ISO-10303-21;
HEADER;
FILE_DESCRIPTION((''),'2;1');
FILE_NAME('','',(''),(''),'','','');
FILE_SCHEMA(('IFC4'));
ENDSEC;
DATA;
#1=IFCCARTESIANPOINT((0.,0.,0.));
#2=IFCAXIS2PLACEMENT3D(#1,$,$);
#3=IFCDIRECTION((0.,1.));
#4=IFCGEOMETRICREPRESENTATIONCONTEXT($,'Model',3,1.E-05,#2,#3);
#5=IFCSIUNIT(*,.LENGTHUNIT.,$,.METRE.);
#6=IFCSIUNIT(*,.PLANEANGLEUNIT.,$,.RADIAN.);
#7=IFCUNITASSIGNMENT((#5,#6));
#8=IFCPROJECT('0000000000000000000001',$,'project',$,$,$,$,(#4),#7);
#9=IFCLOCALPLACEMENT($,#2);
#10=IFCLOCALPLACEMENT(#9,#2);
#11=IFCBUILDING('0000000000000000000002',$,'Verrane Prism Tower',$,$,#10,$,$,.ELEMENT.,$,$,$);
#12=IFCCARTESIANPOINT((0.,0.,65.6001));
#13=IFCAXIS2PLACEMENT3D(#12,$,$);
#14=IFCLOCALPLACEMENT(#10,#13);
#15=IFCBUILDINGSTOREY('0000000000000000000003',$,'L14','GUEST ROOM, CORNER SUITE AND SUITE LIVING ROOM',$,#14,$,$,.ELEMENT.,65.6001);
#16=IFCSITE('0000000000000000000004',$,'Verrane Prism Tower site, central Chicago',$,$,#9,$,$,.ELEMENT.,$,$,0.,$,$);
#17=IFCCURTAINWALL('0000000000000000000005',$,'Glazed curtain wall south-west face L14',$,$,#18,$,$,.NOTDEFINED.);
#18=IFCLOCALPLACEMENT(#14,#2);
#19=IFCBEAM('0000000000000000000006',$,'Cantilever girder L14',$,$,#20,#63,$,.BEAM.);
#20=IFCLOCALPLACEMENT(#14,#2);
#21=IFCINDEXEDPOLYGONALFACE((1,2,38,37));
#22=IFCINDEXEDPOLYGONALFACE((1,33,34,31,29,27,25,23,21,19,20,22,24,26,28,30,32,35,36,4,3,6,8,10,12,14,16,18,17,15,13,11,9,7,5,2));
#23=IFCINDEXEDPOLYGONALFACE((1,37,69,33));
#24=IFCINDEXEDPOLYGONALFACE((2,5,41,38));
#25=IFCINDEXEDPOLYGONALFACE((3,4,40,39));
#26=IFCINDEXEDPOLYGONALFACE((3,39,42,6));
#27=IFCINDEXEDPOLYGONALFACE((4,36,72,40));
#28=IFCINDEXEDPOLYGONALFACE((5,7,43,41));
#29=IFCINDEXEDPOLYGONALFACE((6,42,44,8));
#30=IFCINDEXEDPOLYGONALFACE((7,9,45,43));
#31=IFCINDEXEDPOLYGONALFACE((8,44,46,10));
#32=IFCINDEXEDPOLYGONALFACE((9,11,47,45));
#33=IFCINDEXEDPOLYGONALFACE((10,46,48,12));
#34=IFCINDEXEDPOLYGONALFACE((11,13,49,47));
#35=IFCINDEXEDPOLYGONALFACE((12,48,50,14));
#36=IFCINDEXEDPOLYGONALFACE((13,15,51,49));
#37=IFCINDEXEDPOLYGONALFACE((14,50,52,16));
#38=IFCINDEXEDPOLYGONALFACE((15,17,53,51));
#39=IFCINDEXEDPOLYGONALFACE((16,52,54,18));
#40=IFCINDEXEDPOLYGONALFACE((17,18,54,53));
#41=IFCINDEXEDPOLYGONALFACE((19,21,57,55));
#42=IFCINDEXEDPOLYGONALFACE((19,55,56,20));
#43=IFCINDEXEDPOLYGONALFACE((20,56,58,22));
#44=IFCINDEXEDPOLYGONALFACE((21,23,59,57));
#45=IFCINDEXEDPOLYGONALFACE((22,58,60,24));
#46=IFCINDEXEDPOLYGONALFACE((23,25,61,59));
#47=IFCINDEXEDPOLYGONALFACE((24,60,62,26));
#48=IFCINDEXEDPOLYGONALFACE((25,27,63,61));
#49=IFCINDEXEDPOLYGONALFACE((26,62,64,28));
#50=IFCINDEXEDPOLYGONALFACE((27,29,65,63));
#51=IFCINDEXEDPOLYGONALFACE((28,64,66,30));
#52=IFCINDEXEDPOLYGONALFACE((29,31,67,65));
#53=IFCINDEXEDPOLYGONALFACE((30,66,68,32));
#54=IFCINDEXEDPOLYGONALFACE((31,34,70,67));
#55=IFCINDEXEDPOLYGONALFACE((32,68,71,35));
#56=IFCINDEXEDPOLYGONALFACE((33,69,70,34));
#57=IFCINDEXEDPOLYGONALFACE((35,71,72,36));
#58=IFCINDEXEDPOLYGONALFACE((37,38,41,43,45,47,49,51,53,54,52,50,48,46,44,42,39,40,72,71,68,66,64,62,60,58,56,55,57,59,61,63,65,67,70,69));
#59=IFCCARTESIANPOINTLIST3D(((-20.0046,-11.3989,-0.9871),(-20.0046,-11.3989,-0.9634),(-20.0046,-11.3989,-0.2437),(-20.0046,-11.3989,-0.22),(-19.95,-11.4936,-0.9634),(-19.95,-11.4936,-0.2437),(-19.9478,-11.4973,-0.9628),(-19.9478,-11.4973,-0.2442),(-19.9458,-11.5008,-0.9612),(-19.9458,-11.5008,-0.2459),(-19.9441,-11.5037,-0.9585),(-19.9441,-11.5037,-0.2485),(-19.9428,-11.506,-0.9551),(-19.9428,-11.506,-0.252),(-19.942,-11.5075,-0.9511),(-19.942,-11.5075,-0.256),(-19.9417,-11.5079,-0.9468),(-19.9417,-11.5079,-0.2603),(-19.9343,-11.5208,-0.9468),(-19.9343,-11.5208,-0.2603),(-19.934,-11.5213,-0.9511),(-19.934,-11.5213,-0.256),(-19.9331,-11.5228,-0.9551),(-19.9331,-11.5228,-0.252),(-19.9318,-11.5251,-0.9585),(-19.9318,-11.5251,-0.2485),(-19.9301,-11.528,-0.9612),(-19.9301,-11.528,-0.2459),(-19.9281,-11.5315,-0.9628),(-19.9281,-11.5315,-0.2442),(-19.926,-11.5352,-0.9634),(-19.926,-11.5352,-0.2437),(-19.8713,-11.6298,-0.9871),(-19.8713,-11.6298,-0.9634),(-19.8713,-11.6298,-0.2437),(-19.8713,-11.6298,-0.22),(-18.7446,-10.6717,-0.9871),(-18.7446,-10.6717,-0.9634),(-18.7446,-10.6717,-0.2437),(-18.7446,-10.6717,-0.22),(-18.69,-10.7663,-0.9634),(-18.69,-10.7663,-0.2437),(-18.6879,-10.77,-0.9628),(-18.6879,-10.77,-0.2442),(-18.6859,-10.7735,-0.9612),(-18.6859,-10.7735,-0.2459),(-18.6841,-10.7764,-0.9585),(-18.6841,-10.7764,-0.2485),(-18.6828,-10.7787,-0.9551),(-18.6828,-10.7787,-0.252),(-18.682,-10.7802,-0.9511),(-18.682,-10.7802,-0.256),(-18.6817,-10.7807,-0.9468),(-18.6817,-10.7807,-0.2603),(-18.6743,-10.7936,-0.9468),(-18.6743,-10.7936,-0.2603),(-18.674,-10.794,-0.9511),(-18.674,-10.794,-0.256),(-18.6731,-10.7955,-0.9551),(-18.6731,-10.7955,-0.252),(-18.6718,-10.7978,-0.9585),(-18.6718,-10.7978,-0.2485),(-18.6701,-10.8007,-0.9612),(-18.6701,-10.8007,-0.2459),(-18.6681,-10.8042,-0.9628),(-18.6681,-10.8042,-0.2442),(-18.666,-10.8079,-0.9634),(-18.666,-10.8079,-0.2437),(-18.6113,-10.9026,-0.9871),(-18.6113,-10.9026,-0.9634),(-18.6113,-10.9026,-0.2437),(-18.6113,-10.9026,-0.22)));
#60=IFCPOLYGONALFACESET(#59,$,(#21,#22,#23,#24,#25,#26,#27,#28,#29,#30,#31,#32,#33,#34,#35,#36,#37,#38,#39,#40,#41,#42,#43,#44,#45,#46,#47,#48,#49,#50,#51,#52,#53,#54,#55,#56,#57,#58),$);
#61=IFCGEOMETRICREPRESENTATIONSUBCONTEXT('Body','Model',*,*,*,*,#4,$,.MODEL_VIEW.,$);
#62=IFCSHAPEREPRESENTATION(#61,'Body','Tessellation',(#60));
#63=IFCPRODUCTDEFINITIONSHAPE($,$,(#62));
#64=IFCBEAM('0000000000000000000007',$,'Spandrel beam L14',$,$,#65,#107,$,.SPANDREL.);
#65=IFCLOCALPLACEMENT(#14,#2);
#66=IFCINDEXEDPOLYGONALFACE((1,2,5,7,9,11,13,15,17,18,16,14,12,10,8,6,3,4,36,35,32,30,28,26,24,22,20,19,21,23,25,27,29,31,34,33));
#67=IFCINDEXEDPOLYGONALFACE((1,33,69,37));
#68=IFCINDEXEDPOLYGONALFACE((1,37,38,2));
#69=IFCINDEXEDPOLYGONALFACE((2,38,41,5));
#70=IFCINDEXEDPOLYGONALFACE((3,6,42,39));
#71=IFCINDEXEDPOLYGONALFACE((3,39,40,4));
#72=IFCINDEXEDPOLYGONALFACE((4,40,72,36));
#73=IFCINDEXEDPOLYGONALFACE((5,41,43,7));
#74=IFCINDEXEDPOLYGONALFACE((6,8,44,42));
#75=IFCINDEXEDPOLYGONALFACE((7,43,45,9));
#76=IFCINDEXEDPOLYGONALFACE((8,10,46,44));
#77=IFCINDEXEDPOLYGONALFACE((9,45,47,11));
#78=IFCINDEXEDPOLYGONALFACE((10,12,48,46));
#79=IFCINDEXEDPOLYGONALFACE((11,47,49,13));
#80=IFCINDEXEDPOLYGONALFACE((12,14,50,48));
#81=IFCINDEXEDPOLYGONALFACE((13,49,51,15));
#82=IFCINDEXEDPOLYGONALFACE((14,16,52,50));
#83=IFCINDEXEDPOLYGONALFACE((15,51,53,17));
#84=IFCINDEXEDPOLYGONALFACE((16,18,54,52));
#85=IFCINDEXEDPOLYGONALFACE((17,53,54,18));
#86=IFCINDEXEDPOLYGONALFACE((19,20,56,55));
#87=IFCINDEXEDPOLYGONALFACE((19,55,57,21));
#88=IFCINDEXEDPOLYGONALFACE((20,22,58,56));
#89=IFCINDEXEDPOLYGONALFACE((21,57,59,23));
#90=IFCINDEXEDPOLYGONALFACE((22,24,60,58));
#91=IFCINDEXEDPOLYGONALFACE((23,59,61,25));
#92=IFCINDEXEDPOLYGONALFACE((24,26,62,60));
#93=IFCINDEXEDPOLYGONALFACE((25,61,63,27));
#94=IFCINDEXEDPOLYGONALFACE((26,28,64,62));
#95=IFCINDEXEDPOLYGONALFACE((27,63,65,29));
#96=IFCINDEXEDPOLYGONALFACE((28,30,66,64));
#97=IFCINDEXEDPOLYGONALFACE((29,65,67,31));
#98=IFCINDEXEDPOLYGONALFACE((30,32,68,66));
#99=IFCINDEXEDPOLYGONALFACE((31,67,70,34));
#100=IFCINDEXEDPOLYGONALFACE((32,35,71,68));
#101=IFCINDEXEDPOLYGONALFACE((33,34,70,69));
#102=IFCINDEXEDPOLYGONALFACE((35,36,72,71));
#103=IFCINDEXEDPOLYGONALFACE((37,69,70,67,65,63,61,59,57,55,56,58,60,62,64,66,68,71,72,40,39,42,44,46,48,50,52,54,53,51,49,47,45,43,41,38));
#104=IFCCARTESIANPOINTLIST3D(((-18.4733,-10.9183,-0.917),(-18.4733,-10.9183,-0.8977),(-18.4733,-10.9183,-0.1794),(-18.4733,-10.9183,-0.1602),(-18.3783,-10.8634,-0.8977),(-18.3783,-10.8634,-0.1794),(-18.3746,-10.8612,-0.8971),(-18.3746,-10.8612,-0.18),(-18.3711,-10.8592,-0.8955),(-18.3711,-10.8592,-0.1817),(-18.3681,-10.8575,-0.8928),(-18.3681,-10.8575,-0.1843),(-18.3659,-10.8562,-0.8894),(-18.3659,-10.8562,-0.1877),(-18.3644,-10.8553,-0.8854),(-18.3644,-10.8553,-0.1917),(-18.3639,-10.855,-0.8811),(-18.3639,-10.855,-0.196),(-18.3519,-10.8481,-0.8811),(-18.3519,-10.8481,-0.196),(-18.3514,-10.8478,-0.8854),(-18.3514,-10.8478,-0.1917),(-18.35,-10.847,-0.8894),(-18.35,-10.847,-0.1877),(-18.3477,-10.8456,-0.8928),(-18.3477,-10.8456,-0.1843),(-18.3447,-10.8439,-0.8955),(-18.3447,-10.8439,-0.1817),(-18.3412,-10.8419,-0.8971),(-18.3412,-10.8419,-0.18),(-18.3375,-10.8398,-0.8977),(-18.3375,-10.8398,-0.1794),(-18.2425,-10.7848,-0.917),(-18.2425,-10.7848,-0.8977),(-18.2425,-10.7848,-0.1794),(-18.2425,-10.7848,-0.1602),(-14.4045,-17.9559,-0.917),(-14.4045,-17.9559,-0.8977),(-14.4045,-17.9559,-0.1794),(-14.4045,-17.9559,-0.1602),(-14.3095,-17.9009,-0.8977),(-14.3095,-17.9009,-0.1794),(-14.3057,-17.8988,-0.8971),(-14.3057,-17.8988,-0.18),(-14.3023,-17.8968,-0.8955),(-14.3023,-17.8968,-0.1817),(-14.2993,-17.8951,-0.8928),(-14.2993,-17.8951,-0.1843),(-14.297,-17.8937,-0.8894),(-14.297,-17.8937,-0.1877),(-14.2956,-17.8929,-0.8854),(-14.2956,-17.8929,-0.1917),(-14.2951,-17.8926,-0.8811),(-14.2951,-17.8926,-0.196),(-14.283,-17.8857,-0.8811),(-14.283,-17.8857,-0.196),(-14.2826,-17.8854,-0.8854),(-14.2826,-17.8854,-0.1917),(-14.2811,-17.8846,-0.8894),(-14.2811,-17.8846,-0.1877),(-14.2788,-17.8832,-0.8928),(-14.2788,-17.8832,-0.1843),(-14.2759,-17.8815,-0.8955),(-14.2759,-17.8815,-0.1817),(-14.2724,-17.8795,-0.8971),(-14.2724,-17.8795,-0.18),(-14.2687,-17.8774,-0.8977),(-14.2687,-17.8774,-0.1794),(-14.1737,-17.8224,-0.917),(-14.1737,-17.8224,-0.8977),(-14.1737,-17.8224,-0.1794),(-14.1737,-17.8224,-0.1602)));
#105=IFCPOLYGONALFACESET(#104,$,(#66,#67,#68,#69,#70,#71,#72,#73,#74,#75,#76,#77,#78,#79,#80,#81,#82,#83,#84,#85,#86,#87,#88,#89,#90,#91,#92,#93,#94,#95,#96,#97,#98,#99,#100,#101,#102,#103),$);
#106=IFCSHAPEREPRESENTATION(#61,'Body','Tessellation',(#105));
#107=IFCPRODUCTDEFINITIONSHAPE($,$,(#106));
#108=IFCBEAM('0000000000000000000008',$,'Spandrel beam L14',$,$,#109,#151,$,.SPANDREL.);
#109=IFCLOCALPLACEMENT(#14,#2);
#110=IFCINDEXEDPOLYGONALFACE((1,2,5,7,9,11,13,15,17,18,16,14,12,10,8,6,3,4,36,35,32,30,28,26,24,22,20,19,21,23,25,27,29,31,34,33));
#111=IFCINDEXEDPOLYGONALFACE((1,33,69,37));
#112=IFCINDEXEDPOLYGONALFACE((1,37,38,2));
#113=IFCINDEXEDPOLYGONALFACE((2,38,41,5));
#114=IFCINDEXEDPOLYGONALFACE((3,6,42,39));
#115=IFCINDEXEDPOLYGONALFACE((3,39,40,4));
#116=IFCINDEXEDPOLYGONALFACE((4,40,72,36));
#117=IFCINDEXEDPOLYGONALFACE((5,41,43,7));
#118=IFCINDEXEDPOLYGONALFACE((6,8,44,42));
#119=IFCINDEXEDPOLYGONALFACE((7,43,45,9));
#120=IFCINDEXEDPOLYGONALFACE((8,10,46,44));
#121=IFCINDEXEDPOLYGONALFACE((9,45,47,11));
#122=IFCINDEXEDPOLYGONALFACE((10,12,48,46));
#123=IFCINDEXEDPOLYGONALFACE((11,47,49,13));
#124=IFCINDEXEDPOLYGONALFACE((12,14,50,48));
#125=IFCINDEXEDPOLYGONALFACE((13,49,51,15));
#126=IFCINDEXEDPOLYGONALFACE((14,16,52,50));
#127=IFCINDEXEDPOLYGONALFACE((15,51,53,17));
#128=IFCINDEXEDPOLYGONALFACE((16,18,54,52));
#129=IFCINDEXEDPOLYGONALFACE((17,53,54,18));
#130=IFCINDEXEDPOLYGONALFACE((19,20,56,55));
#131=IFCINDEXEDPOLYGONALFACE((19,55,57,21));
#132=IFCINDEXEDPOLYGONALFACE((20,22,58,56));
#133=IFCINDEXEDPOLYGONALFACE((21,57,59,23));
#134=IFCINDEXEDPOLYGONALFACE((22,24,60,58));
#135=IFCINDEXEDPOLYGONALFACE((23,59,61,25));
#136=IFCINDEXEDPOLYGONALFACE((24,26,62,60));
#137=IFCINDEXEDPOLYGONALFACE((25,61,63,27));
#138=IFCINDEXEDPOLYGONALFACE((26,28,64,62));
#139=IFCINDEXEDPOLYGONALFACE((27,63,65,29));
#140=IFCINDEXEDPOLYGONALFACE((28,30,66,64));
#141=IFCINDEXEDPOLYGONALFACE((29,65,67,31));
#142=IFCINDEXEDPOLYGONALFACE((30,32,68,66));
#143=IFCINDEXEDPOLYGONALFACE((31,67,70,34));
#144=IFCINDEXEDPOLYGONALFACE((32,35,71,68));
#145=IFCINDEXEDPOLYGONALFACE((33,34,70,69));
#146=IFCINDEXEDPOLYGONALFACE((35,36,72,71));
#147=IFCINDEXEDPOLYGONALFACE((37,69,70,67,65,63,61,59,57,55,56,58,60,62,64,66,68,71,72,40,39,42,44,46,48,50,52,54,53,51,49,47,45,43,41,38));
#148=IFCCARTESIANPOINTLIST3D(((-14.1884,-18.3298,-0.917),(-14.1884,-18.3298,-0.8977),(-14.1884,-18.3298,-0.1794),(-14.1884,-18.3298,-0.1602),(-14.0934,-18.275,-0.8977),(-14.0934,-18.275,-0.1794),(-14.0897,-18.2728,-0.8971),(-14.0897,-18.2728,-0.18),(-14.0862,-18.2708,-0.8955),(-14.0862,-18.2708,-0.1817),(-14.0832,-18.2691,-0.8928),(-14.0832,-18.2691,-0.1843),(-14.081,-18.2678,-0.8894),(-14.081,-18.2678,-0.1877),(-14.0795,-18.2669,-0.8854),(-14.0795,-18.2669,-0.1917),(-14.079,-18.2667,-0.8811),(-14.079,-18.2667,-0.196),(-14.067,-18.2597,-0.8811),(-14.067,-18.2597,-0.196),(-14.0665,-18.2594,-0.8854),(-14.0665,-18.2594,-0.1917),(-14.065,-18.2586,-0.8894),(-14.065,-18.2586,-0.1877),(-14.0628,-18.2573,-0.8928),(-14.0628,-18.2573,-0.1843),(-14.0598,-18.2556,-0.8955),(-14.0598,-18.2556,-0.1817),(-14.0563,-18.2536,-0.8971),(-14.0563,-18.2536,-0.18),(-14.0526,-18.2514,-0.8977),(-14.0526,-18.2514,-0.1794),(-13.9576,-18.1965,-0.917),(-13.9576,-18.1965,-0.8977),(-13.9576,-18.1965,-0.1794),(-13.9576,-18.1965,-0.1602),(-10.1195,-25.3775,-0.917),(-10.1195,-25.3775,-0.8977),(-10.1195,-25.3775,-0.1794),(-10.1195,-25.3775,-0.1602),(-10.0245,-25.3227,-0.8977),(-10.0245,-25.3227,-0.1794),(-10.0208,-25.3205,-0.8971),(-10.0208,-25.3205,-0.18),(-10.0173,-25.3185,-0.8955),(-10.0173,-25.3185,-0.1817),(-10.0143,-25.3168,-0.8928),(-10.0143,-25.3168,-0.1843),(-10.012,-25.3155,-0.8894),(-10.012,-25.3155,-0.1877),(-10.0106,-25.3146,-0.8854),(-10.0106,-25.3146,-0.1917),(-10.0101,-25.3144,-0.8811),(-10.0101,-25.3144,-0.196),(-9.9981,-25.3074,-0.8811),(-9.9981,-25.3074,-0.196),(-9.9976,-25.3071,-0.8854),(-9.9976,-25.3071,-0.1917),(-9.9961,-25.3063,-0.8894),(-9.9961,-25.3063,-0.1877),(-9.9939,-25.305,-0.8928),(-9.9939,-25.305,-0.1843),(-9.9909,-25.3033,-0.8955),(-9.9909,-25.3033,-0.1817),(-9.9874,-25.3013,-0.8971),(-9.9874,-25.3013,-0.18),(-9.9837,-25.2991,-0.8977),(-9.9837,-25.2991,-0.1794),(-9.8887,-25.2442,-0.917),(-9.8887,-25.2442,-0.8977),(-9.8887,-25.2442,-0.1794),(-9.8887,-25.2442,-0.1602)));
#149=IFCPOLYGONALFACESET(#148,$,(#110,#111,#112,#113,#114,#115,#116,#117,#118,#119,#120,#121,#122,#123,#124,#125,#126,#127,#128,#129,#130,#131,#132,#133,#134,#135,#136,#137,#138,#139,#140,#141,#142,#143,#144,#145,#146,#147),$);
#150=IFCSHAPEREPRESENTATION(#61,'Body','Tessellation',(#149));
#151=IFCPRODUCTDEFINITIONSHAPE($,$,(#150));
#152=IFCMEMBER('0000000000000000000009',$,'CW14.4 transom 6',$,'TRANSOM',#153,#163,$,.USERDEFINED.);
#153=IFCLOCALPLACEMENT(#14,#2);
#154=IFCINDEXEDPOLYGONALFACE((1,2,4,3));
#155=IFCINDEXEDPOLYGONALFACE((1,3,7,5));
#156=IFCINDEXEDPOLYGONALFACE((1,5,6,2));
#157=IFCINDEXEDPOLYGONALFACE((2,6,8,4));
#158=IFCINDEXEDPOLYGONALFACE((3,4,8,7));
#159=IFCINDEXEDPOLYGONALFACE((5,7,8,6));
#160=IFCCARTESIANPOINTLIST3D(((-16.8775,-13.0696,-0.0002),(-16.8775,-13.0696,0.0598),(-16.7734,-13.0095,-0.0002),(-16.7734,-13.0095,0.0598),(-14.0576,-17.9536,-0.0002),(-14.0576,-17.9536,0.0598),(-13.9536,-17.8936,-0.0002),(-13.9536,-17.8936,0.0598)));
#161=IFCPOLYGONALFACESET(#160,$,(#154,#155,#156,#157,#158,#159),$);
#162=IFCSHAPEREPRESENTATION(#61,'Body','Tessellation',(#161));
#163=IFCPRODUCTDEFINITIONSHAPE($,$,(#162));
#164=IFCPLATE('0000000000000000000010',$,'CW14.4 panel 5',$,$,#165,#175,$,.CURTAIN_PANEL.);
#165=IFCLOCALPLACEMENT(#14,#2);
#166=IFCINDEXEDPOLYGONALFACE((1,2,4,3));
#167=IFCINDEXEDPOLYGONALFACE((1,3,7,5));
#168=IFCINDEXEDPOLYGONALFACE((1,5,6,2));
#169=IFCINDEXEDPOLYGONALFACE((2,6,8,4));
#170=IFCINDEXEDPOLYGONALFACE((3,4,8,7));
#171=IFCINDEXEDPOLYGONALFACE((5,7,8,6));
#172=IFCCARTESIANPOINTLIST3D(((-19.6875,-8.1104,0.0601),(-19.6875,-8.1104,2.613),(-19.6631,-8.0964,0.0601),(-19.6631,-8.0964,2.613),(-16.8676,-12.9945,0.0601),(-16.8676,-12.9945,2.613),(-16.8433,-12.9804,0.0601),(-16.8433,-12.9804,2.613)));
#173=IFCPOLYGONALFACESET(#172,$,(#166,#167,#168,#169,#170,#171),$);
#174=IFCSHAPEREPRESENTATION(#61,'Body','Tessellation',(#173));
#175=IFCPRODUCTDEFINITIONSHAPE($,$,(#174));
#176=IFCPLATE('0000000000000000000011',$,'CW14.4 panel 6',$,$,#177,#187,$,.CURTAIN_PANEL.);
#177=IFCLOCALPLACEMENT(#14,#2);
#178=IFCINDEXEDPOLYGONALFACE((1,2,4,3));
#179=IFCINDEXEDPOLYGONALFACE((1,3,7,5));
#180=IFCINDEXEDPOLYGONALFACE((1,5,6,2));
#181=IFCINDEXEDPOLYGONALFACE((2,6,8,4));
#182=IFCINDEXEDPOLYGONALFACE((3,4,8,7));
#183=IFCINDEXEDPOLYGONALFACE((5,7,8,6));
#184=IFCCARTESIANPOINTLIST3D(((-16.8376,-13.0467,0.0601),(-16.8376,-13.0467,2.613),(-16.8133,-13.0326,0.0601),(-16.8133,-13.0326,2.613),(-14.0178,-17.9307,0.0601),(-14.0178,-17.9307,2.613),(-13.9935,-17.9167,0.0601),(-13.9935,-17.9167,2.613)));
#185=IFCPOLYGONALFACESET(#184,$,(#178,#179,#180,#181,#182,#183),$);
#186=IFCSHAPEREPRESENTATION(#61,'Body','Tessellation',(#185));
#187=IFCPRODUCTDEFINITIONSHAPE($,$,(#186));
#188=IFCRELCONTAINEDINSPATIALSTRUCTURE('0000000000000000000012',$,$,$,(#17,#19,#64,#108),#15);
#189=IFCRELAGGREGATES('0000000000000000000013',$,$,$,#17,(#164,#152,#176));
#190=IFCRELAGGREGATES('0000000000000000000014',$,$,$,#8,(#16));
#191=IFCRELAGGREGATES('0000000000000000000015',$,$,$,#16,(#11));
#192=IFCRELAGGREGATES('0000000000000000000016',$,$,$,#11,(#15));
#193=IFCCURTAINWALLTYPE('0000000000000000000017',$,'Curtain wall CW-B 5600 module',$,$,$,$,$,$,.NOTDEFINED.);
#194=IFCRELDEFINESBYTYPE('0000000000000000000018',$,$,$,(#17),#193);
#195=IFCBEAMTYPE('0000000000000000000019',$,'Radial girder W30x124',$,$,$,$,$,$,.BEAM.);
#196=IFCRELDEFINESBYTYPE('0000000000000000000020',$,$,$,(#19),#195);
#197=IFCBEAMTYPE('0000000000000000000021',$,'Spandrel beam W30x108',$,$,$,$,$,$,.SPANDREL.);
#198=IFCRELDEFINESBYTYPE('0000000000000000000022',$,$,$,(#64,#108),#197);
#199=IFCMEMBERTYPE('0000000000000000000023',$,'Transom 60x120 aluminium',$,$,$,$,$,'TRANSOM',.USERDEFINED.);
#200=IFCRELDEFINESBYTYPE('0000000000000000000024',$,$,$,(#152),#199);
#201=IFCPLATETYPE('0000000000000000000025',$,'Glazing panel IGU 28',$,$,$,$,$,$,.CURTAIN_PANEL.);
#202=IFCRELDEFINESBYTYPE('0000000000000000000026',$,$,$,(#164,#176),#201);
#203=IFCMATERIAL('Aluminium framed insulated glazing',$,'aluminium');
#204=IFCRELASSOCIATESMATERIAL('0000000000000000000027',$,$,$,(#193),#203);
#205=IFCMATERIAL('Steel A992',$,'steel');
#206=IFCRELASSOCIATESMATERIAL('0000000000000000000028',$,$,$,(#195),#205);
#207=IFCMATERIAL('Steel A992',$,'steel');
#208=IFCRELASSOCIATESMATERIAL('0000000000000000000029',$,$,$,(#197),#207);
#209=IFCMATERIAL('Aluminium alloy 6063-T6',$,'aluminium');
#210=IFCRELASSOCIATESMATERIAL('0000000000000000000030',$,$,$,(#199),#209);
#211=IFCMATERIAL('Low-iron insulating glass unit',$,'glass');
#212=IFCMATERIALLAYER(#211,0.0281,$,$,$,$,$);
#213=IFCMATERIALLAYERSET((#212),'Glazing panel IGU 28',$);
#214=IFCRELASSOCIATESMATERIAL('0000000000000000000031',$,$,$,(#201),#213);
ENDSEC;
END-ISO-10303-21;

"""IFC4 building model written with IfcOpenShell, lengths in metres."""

from ifc_helpers import new_model, si_unit, direction, frame, origin, origin_2d, place, context, subcontext, project, spatial, rectangle, i_section, extrude, material, layer, layer_set, material_profile, profile_set, type_object, element, aggregate, save


model = new_model("IFC4")

# Units and contexts
model_context = context("Model", 3, precision=1e-05, world=origin(), true_north=direction((0.0, 1.0)))
body_context = subcontext(model_context, "Body", "Model", "MODEL_VIEW")
ifc_project = project(units=[si_unit("LENGTHUNIT", "METRE"), si_unit("PLANEANGLEUNIT", "RADIAN")], contexts=[model_context])

# Site, building, storey
site_placement = place(None, origin())
site = spatial("IfcSite", under=ifc_project, at=site_placement, Name="Verrane Prism Tower site, central Chicago", CompositionType="ELEMENT", RefElevation=0.0)
building_placement = place(site_placement, origin())
building = spatial("IfcBuilding", under=site, at=building_placement, Name="Verrane Prism Tower", CompositionType="ELEMENT")
storey_placement = place(building_placement, frame((0.0, 0.0, 65.6001)))
storey = spatial("IfcBuildingStorey", under=building, at=storey_placement, Name="L14", Description="GUEST ROOM, CORNER SUITE AND SUITE LIVING ROOM", CompositionType="ELEMENT", Elevation=65.6001)

# Curtain wall
ifc_material_1 = material(Name="Aluminium framed insulated glazing", Category="aluminium")
curtain_wall_type = type_object("IfcCurtainWallType", Name="Curtain wall CW-B 5600 module", PredefinedType="NOTDEFINED", material=ifc_material_1)
curtain_wall_placement = place(storey_placement, origin())
curtain_wall = element("IfcCurtainWall", 1, at=curtain_wall_placement, inside=storey, type_object=curtain_wall_type, Name="Glazed curtain wall south-west face L14", PredefinedType="NOTDEFINED")

# Beams
ifc_material_2 = material(Name="Steel A992", Category="steel")
ifc_material_profile_1 = material_profile(ifc_material_2, i_section(OverallWidth=0.2666, OverallDepth=0.7671, WebThickness=0.0149, FlangeThickness=0.0237, FilletRadius=0.0166, at=origin_2d()), Name="W30x124")
ifc_profile_set_1 = profile_set([ifc_material_profile_1], Name="Steel A992")
beam_type_1 = type_object("IfcBeamType", Name="Radial girder W30x124", PredefinedType="BEAM", material=ifc_profile_set_1)
beam_1_placement = place(storey_placement, frame((-18.678, -10.7871, -0.6035), z_axis=(-0.866077, -0.499911, 0.0), x_axis=(0.499911, -0.866077, 0.0)))
element("IfcBeam", 2, at=beam_1_placement, inside=storey, type_object=beam_type_1, Name="Cantilever girder L14", PredefinedType="BEAM", context=body_context, shape_type="SweptSolid", body=[
    extrude(i_section(OverallWidth=0.2666, OverallDepth=0.7671, WebThickness=0.0149, FlangeThickness=0.0237, FilletRadius=0.0166, at=origin_2d()), origin(), (0.0, 0.0, 1.0), 1.4548),
])
ifc_material_3 = material(Name="Steel A992", Category="steel")
ifc_material_profile_2 = material_profile(ifc_material_3, i_section(OverallWidth=0.2666, OverallDepth=0.7568, WebThickness=0.0139, FlangeThickness=0.0193, FilletRadius=0.0166, at=origin_2d()), Name="W30x108")
ifc_profile_set_2 = profile_set([ifc_material_profile_2], Name="Steel A992")
beam_type_2 = type_object("IfcBeamType", Name="Spandrel beam W30x108", PredefinedType="SPANDREL", material=ifc_profile_set_2)
beam_2_placement = place(storey_placement, frame((-18.3579, -10.8516, -0.5386), z_axis=(0.500525, -0.865722, 0.0), x_axis=(0.865722, 0.500525, 0.0)))
element("IfcBeam", 3, at=beam_2_placement, inside=storey, type_object=beam_type_2, Name="Spandrel beam L14", PredefinedType="SPANDREL", context=body_context, shape_type="SweptSolid", body=[
    extrude(i_section(OverallWidth=0.2666, OverallDepth=0.7568, WebThickness=0.0139, FlangeThickness=0.0193, FilletRadius=0.0166, at=origin_2d()), origin(), (0.0, 0.0, 1.0), 8.1292),
])
beam_3_placement = place(storey_placement, frame((-14.073, -18.2632, -0.5386), z_axis=(0.499992, -0.86603, 0.0), x_axis=(0.86603, 0.499992, 0.0)))
element("IfcBeam", 4, at=beam_3_placement, inside=storey, type_object=beam_type_2, Name="Spandrel beam L14", PredefinedType="SPANDREL", context=body_context, shape_type="SweptSolid", body=[
    extrude(i_section(OverallWidth=0.2666, OverallDepth=0.7568, WebThickness=0.0139, FlangeThickness=0.0193, FilletRadius=0.0166, at=origin_2d()), origin(), (0.0, 0.0, 1.0), 8.1379),
])

# Member
ifc_material_4 = material(Name="Aluminium alloy 6063-T6", Category="aluminium")
ifc_material_profile_3 = material_profile(ifc_material_4, rectangle(XDim=0.1201, YDim=0.0601, at=origin_2d()), Name="Transom 60x120 aluminium")
ifc_profile_set_3 = profile_set([ifc_material_profile_3], Name="Aluminium alloy 6063-T6")
member_type_1 = type_object("IfcMemberType", Name="Transom 60x120 aluminium", ElementType="TRANSOM", PredefinedType="USERDEFINED", material=ifc_profile_set_3)
member_1_placement = place(storey_placement, frame((-16.8254, -13.0396, 0.0298), z_axis=(0.500004, -0.866023, 0.0), x_axis=(0.866023, 0.500004, 0.0)))
member_1 = element("IfcMember", 5, at=member_1_placement, type_object=member_type_1, Name="CW14.4 transom 6", ObjectType="TRANSOM", PredefinedType="USERDEFINED", context=body_context, shape_type="SweptSolid", body=[
    extrude(rectangle(XDim=0.1201, YDim=0.0601, at=origin_2d()), origin(), (0.0, 0.0, 1.0), 5.6396),
])

# Plates
ifc_material_5 = material(Name="Low-iron insulating glass unit", Category="glass")
ifc_layer_1 = layer(ifc_material_5, 0.0281)
ifc_layer_set_1 = layer_set([ifc_layer_1], Name="Glazing panel IGU 28")
plate_type = type_object("IfcPlateType", Name="Glazing panel IGU 28", PredefinedType="CURTAIN_PANEL", material=ifc_layer_set_1)
plate_1_placement = place(storey_placement, frame((-18.2654, -10.5454, 0.0601), z_axis=(0.0, 0.0, 1.0), x_axis=(0.5, -0.866025, 0.0)))
plate_1 = element("IfcPlate", 6, at=plate_1_placement, type_object=plate_type, Name="CW14.4 panel 5", PredefinedType="CURTAIN_PANEL", context=body_context, shape_type="SweptSolid", body=[
    extrude(rectangle(XDim=5.6396, YDim=0.0281, at=origin_2d()), origin(), (0.0, 0.0, 1.0), 2.553),
])
plate_2_placement = place(storey_placement, frame((-15.4155, -15.4817, 0.0601), z_axis=(0.0, 0.0, 1.0), x_axis=(0.5, -0.866025, 0.0)))
plate_2 = element("IfcPlate", 7, at=plate_2_placement, type_object=plate_type, Name="CW14.4 panel 6", PredefinedType="CURTAIN_PANEL", context=body_context, shape_type="SweptSolid", body=[
    extrude(rectangle(XDim=5.6396, YDim=0.0281, at=origin_2d()), origin(), (0.0, 0.0, 1.0), 2.553),
])
aggregate(curtain_wall, [plate_1, member_1, plate_2])

save(model, "model.ifc")
